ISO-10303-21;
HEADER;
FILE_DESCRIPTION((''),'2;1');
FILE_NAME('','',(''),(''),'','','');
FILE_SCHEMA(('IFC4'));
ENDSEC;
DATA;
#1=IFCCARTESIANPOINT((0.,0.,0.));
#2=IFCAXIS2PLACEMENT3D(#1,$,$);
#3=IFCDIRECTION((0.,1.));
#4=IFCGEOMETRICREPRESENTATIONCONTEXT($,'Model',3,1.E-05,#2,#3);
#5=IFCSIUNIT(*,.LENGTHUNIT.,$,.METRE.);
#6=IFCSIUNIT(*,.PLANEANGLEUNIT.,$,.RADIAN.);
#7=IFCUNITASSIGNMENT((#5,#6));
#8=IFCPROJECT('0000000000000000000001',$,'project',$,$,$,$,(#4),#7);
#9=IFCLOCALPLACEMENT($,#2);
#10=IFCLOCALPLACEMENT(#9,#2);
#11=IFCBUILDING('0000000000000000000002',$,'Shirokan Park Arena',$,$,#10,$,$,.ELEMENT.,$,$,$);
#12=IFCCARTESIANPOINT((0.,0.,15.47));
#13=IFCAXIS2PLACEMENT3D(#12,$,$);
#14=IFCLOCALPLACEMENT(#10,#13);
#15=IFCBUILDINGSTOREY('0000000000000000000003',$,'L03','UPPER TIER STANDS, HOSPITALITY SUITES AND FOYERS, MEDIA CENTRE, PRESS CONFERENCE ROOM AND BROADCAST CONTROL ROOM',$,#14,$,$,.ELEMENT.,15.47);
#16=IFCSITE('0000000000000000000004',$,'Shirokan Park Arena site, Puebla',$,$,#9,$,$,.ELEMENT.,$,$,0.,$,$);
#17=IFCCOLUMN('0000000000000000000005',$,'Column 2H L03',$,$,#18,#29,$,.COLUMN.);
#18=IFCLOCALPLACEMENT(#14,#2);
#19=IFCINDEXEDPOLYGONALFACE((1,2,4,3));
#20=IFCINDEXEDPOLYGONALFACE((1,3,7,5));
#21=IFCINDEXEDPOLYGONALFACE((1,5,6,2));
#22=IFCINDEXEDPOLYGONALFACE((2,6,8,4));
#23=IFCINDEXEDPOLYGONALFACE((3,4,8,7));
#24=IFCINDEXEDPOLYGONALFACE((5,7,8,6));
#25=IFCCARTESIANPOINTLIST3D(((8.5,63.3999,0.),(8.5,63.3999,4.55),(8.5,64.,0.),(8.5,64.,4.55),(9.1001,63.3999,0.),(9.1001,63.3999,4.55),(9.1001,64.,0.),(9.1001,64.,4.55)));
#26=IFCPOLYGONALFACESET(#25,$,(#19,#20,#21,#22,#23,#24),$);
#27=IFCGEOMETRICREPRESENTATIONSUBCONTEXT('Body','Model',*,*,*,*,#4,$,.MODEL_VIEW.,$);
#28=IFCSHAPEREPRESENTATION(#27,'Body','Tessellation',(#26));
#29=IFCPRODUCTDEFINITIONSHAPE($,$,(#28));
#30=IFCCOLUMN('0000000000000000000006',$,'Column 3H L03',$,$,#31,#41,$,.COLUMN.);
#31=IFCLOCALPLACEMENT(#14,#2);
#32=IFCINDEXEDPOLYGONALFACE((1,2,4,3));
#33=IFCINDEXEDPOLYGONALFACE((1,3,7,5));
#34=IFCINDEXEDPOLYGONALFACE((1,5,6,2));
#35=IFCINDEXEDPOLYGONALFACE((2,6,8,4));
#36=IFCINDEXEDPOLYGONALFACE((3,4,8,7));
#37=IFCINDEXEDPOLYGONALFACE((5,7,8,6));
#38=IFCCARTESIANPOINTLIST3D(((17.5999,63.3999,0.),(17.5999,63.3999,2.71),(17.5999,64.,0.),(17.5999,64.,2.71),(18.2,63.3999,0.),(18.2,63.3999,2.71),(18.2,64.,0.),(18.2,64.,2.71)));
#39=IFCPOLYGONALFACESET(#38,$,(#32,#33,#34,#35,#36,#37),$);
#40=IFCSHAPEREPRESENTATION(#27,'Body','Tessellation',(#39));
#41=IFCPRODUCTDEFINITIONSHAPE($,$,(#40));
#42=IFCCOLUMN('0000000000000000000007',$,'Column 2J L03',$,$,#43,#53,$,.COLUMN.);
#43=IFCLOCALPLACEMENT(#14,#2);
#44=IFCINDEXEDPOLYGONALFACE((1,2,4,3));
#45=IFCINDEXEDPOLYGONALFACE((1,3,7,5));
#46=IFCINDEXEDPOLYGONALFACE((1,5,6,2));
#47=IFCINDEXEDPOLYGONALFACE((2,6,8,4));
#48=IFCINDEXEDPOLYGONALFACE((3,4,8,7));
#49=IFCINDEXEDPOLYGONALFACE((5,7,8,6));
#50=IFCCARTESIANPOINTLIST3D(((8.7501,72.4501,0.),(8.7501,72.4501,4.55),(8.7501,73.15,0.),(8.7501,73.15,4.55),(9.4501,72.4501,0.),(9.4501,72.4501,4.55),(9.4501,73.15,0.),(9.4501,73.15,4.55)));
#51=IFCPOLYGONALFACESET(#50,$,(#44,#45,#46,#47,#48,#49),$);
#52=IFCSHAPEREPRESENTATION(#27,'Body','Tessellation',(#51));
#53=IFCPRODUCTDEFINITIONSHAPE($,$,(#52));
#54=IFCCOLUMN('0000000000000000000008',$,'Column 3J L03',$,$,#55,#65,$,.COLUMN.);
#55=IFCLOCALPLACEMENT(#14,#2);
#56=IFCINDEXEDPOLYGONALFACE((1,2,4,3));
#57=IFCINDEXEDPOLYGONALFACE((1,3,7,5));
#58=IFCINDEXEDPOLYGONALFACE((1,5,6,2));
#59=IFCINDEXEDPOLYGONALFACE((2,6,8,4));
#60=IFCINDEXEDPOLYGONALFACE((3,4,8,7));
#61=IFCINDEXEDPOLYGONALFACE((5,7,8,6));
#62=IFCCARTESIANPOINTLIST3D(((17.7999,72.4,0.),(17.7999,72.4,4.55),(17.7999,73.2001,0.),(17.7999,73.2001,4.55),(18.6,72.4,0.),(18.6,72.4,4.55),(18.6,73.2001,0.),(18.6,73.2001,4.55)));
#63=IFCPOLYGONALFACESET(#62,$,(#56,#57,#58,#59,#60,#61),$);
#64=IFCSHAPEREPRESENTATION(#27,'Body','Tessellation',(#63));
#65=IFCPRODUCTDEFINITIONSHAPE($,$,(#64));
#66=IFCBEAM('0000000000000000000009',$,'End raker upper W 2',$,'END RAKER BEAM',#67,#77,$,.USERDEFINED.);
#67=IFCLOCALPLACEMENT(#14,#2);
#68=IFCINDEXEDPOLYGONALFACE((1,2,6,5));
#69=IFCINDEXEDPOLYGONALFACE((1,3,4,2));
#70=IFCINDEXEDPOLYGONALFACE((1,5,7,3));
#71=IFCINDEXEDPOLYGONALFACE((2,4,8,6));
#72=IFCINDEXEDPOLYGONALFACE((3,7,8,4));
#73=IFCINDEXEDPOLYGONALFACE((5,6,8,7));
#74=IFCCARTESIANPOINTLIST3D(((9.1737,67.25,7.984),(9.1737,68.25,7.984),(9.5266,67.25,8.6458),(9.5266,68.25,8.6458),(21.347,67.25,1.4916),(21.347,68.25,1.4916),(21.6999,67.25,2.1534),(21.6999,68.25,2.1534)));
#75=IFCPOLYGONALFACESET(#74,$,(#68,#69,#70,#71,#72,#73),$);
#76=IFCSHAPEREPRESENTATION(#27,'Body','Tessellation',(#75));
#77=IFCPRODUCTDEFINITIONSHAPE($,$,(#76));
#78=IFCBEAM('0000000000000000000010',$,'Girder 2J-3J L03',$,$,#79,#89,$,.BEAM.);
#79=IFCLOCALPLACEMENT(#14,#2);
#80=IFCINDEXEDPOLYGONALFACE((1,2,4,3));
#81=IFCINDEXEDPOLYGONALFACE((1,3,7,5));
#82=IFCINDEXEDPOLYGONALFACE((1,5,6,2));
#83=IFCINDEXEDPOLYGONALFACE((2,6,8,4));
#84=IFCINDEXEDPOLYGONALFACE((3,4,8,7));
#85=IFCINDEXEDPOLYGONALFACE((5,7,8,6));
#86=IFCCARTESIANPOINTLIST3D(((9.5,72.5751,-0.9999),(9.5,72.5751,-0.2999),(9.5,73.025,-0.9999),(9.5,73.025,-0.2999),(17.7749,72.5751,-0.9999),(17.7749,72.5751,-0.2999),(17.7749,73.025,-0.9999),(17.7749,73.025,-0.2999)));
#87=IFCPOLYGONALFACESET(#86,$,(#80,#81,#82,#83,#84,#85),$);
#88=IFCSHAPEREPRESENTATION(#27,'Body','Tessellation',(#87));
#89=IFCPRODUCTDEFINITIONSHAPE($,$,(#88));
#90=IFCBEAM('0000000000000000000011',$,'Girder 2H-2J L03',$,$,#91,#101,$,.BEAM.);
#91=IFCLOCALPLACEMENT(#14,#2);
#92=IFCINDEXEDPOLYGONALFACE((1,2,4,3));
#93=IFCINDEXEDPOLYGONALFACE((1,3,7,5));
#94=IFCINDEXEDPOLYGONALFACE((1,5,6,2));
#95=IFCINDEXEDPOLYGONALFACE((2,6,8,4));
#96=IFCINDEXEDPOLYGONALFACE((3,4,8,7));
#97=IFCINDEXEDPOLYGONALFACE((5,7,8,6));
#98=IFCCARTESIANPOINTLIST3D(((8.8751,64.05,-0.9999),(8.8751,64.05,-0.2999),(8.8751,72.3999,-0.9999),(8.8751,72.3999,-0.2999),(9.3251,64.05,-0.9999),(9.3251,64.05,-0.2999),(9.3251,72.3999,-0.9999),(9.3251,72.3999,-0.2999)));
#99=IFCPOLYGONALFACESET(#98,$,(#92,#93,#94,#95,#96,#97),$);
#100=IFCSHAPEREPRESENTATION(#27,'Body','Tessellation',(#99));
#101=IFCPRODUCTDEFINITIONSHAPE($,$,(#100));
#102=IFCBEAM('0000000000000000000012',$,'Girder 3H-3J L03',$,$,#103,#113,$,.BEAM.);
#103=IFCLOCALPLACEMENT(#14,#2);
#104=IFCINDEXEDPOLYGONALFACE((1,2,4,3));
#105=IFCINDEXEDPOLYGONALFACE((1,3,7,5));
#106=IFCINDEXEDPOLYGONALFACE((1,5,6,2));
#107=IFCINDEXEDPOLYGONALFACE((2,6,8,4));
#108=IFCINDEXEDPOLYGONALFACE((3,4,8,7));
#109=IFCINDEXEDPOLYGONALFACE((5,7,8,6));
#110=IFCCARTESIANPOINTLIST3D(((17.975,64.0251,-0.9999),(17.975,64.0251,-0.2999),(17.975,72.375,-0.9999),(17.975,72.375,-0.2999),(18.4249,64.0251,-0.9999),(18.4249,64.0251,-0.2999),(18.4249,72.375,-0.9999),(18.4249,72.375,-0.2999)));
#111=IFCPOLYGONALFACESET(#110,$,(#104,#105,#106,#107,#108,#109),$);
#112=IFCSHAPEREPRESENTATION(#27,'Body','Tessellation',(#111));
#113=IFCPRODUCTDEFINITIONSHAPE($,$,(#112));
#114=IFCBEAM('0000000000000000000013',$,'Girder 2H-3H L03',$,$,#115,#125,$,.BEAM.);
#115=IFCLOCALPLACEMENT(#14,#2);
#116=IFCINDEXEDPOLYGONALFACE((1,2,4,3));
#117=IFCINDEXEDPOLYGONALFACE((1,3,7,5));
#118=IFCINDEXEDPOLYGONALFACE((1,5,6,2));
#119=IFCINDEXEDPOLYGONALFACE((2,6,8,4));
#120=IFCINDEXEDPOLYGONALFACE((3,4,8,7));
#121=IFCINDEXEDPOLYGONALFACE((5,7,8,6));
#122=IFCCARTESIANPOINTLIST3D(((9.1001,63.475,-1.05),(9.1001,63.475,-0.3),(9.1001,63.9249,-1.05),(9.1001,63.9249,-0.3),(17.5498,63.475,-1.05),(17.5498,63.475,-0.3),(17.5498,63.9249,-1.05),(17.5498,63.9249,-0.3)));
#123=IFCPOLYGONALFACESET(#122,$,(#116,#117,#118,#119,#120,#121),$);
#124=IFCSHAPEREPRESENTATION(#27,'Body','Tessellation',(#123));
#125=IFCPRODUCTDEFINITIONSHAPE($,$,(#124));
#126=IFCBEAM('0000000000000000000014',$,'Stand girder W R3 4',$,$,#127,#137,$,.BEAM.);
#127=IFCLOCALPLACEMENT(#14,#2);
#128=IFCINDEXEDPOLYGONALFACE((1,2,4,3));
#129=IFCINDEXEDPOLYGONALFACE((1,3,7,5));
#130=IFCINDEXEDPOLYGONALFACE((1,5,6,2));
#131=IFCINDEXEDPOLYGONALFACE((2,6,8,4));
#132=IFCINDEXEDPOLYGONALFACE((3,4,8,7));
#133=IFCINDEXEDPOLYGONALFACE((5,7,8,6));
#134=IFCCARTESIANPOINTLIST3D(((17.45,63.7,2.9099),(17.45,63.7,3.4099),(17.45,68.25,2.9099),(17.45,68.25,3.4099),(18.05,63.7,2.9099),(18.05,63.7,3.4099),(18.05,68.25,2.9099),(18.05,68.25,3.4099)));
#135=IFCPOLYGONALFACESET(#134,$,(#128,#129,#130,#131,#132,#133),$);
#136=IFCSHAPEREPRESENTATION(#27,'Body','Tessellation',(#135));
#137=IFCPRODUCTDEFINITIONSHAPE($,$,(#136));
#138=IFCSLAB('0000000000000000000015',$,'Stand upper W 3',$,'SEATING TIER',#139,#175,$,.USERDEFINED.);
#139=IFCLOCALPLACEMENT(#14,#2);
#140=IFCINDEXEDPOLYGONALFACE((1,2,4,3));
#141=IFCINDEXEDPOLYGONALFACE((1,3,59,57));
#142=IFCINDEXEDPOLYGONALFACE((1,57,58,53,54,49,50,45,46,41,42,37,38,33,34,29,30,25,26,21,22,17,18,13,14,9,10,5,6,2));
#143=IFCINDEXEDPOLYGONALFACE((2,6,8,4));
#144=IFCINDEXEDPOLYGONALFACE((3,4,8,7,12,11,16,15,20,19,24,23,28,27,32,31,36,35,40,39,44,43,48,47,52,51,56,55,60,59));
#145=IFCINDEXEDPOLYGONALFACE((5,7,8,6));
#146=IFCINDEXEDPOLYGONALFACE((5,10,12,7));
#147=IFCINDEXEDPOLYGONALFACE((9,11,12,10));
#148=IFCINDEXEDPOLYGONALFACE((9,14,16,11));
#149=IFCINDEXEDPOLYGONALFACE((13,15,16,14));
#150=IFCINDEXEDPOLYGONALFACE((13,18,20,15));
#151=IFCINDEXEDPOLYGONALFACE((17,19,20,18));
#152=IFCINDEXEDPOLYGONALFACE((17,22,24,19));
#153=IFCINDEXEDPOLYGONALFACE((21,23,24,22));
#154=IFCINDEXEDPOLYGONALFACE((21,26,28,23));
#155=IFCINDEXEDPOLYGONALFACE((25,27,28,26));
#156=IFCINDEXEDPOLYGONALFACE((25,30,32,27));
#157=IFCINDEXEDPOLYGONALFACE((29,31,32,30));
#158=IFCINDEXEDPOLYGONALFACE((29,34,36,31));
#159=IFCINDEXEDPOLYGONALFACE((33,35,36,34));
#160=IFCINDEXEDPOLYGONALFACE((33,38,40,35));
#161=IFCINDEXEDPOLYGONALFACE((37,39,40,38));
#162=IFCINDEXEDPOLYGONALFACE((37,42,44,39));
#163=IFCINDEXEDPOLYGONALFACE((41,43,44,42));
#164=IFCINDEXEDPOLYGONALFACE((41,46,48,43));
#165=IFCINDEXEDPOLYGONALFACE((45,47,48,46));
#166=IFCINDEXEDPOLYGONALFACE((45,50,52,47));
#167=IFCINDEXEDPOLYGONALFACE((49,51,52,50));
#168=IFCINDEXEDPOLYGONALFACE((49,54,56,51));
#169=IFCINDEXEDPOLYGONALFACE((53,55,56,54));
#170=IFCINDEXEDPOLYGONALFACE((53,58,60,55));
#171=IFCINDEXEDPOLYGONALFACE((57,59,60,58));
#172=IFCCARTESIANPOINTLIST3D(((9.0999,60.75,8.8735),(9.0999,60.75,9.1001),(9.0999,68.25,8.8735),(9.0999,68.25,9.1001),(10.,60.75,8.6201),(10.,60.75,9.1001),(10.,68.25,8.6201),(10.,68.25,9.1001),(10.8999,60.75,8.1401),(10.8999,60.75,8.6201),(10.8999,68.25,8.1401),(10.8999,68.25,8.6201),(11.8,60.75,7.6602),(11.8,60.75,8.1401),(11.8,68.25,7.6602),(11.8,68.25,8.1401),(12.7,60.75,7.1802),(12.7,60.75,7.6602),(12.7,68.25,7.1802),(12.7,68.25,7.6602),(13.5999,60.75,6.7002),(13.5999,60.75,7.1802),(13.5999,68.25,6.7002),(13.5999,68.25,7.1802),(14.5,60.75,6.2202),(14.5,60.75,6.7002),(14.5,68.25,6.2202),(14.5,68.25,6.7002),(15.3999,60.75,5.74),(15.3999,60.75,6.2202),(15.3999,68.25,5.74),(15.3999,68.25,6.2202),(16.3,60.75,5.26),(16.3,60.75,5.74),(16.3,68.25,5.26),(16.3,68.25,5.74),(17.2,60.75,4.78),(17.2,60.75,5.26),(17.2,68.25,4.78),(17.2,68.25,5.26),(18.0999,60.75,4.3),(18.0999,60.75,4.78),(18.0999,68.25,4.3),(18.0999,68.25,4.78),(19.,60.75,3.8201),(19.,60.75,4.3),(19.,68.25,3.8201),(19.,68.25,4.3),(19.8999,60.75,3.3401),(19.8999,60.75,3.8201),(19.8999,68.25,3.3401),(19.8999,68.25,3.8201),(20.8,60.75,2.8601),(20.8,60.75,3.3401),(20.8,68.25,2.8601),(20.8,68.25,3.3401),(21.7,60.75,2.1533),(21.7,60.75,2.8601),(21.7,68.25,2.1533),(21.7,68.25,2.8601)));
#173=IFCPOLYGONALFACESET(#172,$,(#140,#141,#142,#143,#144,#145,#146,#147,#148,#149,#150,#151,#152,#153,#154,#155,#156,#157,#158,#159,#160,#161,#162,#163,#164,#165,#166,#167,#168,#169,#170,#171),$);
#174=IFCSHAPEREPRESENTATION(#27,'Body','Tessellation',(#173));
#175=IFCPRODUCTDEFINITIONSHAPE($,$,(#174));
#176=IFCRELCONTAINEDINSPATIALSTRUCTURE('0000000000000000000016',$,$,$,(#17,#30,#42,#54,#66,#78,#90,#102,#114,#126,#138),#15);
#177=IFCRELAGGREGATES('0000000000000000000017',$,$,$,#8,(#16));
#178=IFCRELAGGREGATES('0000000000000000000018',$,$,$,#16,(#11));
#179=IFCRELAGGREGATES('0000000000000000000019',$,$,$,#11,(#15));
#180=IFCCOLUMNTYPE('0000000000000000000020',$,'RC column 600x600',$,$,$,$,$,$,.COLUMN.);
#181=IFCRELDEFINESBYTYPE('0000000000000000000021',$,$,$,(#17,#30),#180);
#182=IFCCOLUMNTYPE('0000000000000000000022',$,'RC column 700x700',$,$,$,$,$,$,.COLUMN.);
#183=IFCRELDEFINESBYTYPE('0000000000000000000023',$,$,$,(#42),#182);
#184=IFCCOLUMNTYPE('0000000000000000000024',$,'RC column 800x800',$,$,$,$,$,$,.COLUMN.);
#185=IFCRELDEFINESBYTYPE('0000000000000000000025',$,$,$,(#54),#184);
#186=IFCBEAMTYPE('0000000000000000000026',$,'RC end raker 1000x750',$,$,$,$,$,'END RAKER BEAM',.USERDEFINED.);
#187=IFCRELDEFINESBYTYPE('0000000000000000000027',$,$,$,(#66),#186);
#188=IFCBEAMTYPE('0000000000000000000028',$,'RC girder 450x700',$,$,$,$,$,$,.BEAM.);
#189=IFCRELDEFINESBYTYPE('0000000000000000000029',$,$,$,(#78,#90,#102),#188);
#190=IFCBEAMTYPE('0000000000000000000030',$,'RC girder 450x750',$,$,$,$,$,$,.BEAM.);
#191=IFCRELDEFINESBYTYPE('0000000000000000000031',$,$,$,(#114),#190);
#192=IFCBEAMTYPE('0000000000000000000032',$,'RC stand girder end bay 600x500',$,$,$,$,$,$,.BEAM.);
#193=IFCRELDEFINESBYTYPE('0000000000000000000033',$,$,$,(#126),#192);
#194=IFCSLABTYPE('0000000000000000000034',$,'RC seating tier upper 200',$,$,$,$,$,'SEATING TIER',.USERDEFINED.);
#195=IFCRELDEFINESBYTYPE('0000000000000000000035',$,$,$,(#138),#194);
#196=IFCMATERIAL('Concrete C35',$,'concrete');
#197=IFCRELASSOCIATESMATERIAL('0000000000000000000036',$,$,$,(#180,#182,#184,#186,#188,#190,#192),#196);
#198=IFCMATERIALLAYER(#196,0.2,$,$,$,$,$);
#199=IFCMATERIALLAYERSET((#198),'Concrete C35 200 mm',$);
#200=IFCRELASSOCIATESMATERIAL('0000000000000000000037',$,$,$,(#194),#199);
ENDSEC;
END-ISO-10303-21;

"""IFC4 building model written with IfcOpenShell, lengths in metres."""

from ifc_helpers import new_model, si_unit, direction, frame, origin, origin_2d, place, context, subcontext, project, spatial, polyline, rectangle, outline, extrude, material, layer, layer_set, material_profile, profile_set, type_object, element, save


model = new_model("IFC4")

# Units and contexts
model_context = context("Model", 3, precision=1e-05, world=origin(), true_north=direction((0.0, 1.0)))
body_context = subcontext(model_context, "Body", "Model", "MODEL_VIEW")
ifc_project = project(units=[si_unit("LENGTHUNIT", "METRE"), si_unit("PLANEANGLEUNIT", "RADIAN")], contexts=[model_context])

# Site, building, storey
site_placement = place(None, origin())
site = spatial("IfcSite", under=ifc_project, at=site_placement, Name="Shirokan Park Arena site, Puebla", CompositionType="ELEMENT", RefElevation=0.0)
building_placement = place(site_placement, origin())
building = spatial("IfcBuilding", under=site, at=building_placement, Name="Shirokan Park Arena", CompositionType="ELEMENT")
storey_placement = place(building_placement, frame((0.0, 0.0, 15.47)))
storey = spatial("IfcBuildingStorey", under=building, at=storey_placement, Name="L03", Description="UPPER TIER STANDS, HOSPITALITY SUITES AND FOYERS, MEDIA CENTRE, PRESS CONFERENCE ROOM AND BROADCAST CONTROL ROOM", CompositionType="ELEMENT", Elevation=15.47)

# Columns
ifc_material_1 = material(Name="Concrete C35", Category="concrete")
ifc_material_profile_1 = material_profile(ifc_material_1, rectangle(XDim=0.6001, YDim=0.6001, at=origin_2d()), Name="600x600")
ifc_profile_set_1 = profile_set([ifc_material_profile_1], Name="Concrete C35")
column_type_1 = type_object("IfcColumnType", Name="RC column 600x600", PredefinedType="COLUMN", material=ifc_profile_set_1)
column_1_placement = place(storey_placement, frame((8.8, 63.7, 0.0), z_axis=(0.0, 0.0, 1.0), x_axis=(1.0, 0.0, 0.0)))
element("IfcColumn", 1, at=column_1_placement, inside=storey, type_object=column_type_1, Name="Column 2H L03", PredefinedType="COLUMN", context=body_context, shape_type="SweptSolid", body=[
    extrude(rectangle(XDim=0.6001, YDim=0.6001, at=origin_2d()), origin(), (0.0, 0.0, 1.0), 4.55),
])
column_2_placement = place(storey_placement, frame((17.8999, 63.7, 0.0), z_axis=(0.0, 0.0, 1.0), x_axis=(1.0, 0.0, 0.0)))
element("IfcColumn", 2, at=column_2_placement, inside=storey, type_object=column_type_1, Name="Column 3H L03", PredefinedType="COLUMN", context=body_context, shape_type="SweptSolid", body=[
    extrude(rectangle(XDim=0.6001, YDim=0.6001, at=origin_2d()), origin(), (0.0, 0.0, 1.0), 2.71),
])
ifc_material_profile_2 = material_profile(ifc_material_1, rectangle(XDim=0.7, YDim=0.7, at=origin_2d()), Name="700x700")
ifc_profile_set_2 = profile_set([ifc_material_profile_2], Name="Concrete C35")
column_type_2 = type_object("IfcColumnType", Name="RC column 700x700", PredefinedType="COLUMN", material=ifc_profile_set_2)
column_3_placement = place(storey_placement, frame((9.1001, 72.8, 0.0), z_axis=(0.0, 0.0, 1.0), x_axis=(1.0, 0.0, 0.0)))
element("IfcColumn", 3, at=column_3_placement, inside=storey, type_object=column_type_2, Name="Column 2J L03", PredefinedType="COLUMN", context=body_context, shape_type="SweptSolid", body=[
    extrude(rectangle(XDim=0.7, YDim=0.7, at=origin_2d()), origin(), (0.0, 0.0, 1.0), 4.55),
])
ifc_material_profile_3 = material_profile(ifc_material_1, rectangle(XDim=0.8, YDim=0.8, at=origin_2d()), Name="800x800")
ifc_profile_set_3 = profile_set([ifc_material_profile_3], Name="Concrete C35")
column_type_3 = type_object("IfcColumnType", Name="RC column 800x800", PredefinedType="COLUMN", material=ifc_profile_set_3)
column_4_placement = place(storey_placement, frame((18.2, 72.8, 0.0), z_axis=(0.0, 0.0, 1.0), x_axis=(1.0, 0.0, 0.0)))
element("IfcColumn", 4, at=column_4_placement, inside=storey, type_object=column_type_3, Name="Column 3J L03", PredefinedType="COLUMN", context=body_context, shape_type="SweptSolid", body=[
    extrude(rectangle(XDim=0.8, YDim=0.8, at=origin_2d()), origin(), (0.0, 0.0, 1.0), 4.55),
])

# Beams
ifc_material_profile_4 = material_profile(ifc_material_1, rectangle(XDim=1.0, YDim=0.75, at=origin_2d()), Name="1000x750")
ifc_profile_set_4 = profile_set([ifc_material_profile_4], Name="Concrete C35")
beam_type_1 = type_object("IfcBeamType", Name="RC end raker 1000x750", ElementType="END RAKER BEAM", PredefinedType="USERDEFINED", material=ifc_profile_set_4)
beam_1_placement = place(storey_placement, frame((21.5234, 67.75, 1.8225), z_axis=(-0.882353, 0.0, 0.470587), x_axis=(0.0, -1.0, 0.0)))
element("IfcBeam", 5, at=beam_1_placement, inside=storey, type_object=beam_type_1, Name="End raker upper W 2", ObjectType="END RAKER BEAM", PredefinedType="USERDEFINED", context=body_context, shape_type="SweptSolid", body=[
    extrude(rectangle(XDim=1.0, YDim=0.75, at=origin_2d()), origin(), (0.0, 0.0, 1.0), 13.7964),
])
ifc_material_profile_5 = material_profile(ifc_material_1, rectangle(XDim=0.45, YDim=0.7, at=origin_2d()), Name="450x700")
ifc_profile_set_5 = profile_set([ifc_material_profile_5], Name="Concrete C35")
beam_type_2 = type_object("IfcBeamType", Name="RC girder 450x700", PredefinedType="BEAM", material=ifc_profile_set_5)
beam_2_placement = place(storey_placement, frame((9.5, 72.8, -0.6499), z_axis=(1.0, 0.0, 0.0), x_axis=(0.0, 1.0, 0.0)))
element("IfcBeam", 6, at=beam_2_placement, inside=storey, type_object=beam_type_2, Name="Girder 2J-3J L03", PredefinedType="BEAM", context=body_context, shape_type="SweptSolid", body=[
    extrude(rectangle(XDim=0.45, YDim=0.7, at=origin_2d()), origin(), (0.0, 0.0, 1.0), 8.2749),
])
for number, where, z_axis, x_axis, name in (
    (7, (9.1001, 64.05, -0.6499), (0.0, 1.0, 0.0), (-1.0, 0.0, 0.0), "Girder 2H-2J L03"),
    (8, (18.2, 64.0251, -0.6499), (0.0, 1.0, 0.0), (-1.0, 0.0, 0.0), "Girder 3H-3J L03"),
):
    element("IfcBeam", number, at=place(storey_placement, frame(where, z_axis=z_axis, x_axis=x_axis)), inside=storey, type_object=beam_type_2, Name=name, PredefinedType="BEAM", context=body_context, shape_type="SweptSolid", body=[
        extrude(rectangle(XDim=0.45, YDim=0.7, at=origin_2d()), origin(), (0.0, 0.0, 1.0), 8.3499),
    ])
ifc_material_profile_6 = material_profile(ifc_material_1, rectangle(XDim=0.45, YDim=0.75, at=origin_2d()), Name="450x750")
ifc_profile_set_6 = profile_set([ifc_material_profile_6], Name="Concrete C35")
beam_type_3 = type_object("IfcBeamType", Name="RC girder 450x750", PredefinedType="BEAM", material=ifc_profile_set_6)
beam_3_placement = place(storey_placement, frame((9.1001, 63.7, -0.675), z_axis=(1.0, 0.0, 0.0), x_axis=(0.0, 1.0, 0.0)))
element("IfcBeam", 9, at=beam_3_placement, inside=storey, type_object=beam_type_3, Name="Girder 2H-3H L03", PredefinedType="BEAM", context=body_context, shape_type="SweptSolid", body=[
    extrude(rectangle(XDim=0.45, YDim=0.75, at=origin_2d()), origin(), (0.0, 0.0, 1.0), 8.4497),
])
ifc_material_profile_7 = material_profile(ifc_material_1, rectangle(XDim=0.6001, YDim=0.5, at=origin_2d()), Name="600x500")
ifc_profile_set_7 = profile_set([ifc_material_profile_7], Name="Concrete C35")
beam_type_4 = type_object("IfcBeamType", Name="RC stand girder end bay 600x500", PredefinedType="BEAM", material=ifc_profile_set_7)
beam_4_placement = place(storey_placement, frame((17.75, 63.7, 3.1599), z_axis=(0.0, 1.0, 0.0), x_axis=(-1.0, 0.0, 0.0)))
element("IfcBeam", 10, at=beam_4_placement, inside=storey, type_object=beam_type_4, Name="Stand girder W R3 4", PredefinedType="BEAM", context=body_context, shape_type="SweptSolid", body=[
    extrude(rectangle(XDim=0.6001, YDim=0.5, at=origin_2d()), origin(), (0.0, 0.0, 1.0), 4.55),
])

# Slab
ifc_layer_1 = layer(ifc_material_1, 0.2)
ifc_layer_set_1 = layer_set([ifc_layer_1], Name="Concrete C35 200 mm")
slab_type = type_object("IfcSlabType", Name="RC seating tier upper 200", ElementType="SEATING TIER", PredefinedType="USERDEFINED", material=ifc_layer_set_1)
slab_placement = place(storey_placement, frame((21.7, 64.5, 2.8601), z_axis=(0.0, 0.0, 1.0), x_axis=(-1.0, 0.0, 0.0)))
element("IfcSlab", 11, at=slab_placement, inside=storey, type_object=slab_type, Name="Stand upper W 3", ObjectType="SEATING TIER", PredefinedType="USERDEFINED", context=body_context, shape_type="SweptSolid", body=[
    extrude(outline(polyline([(0.0, 0.0), (0.8999, 0.0), (0.8999, 0.48), (1.8, 0.48), (1.8, 0.96), (2.7, 0.96), (2.7, 1.4399), (3.6001, 1.4399), (3.6001, 1.9199), (4.5, 1.9199), (4.5, 2.3999), (5.3999, 2.3999), (5.3999, 2.8799), (6.3, 2.8799), (6.3, 3.3601), (7.2, 3.3601), (7.2, 3.8401), (8.1001, 3.8401), (8.1001, 4.3201), (9.0, 4.3201), (9.0, 4.8), (9.8999, 4.8), (9.8999, 5.28), (10.8, 5.28), (10.8, 5.76), (11.7, 5.76), (11.7, 6.24), (12.6001, 6.24), (12.6001, 6.0134), (0.0, -0.7068), (0.0, 0.0)])), frame((0.0, 3.75, 0.0), z_axis=(0.0, -1.0, 0.0), x_axis=(1.0, 0.0, 0.0)), (0.0, 0.0, 1.0), 7.5),
])

save(model, "model.ifc")
